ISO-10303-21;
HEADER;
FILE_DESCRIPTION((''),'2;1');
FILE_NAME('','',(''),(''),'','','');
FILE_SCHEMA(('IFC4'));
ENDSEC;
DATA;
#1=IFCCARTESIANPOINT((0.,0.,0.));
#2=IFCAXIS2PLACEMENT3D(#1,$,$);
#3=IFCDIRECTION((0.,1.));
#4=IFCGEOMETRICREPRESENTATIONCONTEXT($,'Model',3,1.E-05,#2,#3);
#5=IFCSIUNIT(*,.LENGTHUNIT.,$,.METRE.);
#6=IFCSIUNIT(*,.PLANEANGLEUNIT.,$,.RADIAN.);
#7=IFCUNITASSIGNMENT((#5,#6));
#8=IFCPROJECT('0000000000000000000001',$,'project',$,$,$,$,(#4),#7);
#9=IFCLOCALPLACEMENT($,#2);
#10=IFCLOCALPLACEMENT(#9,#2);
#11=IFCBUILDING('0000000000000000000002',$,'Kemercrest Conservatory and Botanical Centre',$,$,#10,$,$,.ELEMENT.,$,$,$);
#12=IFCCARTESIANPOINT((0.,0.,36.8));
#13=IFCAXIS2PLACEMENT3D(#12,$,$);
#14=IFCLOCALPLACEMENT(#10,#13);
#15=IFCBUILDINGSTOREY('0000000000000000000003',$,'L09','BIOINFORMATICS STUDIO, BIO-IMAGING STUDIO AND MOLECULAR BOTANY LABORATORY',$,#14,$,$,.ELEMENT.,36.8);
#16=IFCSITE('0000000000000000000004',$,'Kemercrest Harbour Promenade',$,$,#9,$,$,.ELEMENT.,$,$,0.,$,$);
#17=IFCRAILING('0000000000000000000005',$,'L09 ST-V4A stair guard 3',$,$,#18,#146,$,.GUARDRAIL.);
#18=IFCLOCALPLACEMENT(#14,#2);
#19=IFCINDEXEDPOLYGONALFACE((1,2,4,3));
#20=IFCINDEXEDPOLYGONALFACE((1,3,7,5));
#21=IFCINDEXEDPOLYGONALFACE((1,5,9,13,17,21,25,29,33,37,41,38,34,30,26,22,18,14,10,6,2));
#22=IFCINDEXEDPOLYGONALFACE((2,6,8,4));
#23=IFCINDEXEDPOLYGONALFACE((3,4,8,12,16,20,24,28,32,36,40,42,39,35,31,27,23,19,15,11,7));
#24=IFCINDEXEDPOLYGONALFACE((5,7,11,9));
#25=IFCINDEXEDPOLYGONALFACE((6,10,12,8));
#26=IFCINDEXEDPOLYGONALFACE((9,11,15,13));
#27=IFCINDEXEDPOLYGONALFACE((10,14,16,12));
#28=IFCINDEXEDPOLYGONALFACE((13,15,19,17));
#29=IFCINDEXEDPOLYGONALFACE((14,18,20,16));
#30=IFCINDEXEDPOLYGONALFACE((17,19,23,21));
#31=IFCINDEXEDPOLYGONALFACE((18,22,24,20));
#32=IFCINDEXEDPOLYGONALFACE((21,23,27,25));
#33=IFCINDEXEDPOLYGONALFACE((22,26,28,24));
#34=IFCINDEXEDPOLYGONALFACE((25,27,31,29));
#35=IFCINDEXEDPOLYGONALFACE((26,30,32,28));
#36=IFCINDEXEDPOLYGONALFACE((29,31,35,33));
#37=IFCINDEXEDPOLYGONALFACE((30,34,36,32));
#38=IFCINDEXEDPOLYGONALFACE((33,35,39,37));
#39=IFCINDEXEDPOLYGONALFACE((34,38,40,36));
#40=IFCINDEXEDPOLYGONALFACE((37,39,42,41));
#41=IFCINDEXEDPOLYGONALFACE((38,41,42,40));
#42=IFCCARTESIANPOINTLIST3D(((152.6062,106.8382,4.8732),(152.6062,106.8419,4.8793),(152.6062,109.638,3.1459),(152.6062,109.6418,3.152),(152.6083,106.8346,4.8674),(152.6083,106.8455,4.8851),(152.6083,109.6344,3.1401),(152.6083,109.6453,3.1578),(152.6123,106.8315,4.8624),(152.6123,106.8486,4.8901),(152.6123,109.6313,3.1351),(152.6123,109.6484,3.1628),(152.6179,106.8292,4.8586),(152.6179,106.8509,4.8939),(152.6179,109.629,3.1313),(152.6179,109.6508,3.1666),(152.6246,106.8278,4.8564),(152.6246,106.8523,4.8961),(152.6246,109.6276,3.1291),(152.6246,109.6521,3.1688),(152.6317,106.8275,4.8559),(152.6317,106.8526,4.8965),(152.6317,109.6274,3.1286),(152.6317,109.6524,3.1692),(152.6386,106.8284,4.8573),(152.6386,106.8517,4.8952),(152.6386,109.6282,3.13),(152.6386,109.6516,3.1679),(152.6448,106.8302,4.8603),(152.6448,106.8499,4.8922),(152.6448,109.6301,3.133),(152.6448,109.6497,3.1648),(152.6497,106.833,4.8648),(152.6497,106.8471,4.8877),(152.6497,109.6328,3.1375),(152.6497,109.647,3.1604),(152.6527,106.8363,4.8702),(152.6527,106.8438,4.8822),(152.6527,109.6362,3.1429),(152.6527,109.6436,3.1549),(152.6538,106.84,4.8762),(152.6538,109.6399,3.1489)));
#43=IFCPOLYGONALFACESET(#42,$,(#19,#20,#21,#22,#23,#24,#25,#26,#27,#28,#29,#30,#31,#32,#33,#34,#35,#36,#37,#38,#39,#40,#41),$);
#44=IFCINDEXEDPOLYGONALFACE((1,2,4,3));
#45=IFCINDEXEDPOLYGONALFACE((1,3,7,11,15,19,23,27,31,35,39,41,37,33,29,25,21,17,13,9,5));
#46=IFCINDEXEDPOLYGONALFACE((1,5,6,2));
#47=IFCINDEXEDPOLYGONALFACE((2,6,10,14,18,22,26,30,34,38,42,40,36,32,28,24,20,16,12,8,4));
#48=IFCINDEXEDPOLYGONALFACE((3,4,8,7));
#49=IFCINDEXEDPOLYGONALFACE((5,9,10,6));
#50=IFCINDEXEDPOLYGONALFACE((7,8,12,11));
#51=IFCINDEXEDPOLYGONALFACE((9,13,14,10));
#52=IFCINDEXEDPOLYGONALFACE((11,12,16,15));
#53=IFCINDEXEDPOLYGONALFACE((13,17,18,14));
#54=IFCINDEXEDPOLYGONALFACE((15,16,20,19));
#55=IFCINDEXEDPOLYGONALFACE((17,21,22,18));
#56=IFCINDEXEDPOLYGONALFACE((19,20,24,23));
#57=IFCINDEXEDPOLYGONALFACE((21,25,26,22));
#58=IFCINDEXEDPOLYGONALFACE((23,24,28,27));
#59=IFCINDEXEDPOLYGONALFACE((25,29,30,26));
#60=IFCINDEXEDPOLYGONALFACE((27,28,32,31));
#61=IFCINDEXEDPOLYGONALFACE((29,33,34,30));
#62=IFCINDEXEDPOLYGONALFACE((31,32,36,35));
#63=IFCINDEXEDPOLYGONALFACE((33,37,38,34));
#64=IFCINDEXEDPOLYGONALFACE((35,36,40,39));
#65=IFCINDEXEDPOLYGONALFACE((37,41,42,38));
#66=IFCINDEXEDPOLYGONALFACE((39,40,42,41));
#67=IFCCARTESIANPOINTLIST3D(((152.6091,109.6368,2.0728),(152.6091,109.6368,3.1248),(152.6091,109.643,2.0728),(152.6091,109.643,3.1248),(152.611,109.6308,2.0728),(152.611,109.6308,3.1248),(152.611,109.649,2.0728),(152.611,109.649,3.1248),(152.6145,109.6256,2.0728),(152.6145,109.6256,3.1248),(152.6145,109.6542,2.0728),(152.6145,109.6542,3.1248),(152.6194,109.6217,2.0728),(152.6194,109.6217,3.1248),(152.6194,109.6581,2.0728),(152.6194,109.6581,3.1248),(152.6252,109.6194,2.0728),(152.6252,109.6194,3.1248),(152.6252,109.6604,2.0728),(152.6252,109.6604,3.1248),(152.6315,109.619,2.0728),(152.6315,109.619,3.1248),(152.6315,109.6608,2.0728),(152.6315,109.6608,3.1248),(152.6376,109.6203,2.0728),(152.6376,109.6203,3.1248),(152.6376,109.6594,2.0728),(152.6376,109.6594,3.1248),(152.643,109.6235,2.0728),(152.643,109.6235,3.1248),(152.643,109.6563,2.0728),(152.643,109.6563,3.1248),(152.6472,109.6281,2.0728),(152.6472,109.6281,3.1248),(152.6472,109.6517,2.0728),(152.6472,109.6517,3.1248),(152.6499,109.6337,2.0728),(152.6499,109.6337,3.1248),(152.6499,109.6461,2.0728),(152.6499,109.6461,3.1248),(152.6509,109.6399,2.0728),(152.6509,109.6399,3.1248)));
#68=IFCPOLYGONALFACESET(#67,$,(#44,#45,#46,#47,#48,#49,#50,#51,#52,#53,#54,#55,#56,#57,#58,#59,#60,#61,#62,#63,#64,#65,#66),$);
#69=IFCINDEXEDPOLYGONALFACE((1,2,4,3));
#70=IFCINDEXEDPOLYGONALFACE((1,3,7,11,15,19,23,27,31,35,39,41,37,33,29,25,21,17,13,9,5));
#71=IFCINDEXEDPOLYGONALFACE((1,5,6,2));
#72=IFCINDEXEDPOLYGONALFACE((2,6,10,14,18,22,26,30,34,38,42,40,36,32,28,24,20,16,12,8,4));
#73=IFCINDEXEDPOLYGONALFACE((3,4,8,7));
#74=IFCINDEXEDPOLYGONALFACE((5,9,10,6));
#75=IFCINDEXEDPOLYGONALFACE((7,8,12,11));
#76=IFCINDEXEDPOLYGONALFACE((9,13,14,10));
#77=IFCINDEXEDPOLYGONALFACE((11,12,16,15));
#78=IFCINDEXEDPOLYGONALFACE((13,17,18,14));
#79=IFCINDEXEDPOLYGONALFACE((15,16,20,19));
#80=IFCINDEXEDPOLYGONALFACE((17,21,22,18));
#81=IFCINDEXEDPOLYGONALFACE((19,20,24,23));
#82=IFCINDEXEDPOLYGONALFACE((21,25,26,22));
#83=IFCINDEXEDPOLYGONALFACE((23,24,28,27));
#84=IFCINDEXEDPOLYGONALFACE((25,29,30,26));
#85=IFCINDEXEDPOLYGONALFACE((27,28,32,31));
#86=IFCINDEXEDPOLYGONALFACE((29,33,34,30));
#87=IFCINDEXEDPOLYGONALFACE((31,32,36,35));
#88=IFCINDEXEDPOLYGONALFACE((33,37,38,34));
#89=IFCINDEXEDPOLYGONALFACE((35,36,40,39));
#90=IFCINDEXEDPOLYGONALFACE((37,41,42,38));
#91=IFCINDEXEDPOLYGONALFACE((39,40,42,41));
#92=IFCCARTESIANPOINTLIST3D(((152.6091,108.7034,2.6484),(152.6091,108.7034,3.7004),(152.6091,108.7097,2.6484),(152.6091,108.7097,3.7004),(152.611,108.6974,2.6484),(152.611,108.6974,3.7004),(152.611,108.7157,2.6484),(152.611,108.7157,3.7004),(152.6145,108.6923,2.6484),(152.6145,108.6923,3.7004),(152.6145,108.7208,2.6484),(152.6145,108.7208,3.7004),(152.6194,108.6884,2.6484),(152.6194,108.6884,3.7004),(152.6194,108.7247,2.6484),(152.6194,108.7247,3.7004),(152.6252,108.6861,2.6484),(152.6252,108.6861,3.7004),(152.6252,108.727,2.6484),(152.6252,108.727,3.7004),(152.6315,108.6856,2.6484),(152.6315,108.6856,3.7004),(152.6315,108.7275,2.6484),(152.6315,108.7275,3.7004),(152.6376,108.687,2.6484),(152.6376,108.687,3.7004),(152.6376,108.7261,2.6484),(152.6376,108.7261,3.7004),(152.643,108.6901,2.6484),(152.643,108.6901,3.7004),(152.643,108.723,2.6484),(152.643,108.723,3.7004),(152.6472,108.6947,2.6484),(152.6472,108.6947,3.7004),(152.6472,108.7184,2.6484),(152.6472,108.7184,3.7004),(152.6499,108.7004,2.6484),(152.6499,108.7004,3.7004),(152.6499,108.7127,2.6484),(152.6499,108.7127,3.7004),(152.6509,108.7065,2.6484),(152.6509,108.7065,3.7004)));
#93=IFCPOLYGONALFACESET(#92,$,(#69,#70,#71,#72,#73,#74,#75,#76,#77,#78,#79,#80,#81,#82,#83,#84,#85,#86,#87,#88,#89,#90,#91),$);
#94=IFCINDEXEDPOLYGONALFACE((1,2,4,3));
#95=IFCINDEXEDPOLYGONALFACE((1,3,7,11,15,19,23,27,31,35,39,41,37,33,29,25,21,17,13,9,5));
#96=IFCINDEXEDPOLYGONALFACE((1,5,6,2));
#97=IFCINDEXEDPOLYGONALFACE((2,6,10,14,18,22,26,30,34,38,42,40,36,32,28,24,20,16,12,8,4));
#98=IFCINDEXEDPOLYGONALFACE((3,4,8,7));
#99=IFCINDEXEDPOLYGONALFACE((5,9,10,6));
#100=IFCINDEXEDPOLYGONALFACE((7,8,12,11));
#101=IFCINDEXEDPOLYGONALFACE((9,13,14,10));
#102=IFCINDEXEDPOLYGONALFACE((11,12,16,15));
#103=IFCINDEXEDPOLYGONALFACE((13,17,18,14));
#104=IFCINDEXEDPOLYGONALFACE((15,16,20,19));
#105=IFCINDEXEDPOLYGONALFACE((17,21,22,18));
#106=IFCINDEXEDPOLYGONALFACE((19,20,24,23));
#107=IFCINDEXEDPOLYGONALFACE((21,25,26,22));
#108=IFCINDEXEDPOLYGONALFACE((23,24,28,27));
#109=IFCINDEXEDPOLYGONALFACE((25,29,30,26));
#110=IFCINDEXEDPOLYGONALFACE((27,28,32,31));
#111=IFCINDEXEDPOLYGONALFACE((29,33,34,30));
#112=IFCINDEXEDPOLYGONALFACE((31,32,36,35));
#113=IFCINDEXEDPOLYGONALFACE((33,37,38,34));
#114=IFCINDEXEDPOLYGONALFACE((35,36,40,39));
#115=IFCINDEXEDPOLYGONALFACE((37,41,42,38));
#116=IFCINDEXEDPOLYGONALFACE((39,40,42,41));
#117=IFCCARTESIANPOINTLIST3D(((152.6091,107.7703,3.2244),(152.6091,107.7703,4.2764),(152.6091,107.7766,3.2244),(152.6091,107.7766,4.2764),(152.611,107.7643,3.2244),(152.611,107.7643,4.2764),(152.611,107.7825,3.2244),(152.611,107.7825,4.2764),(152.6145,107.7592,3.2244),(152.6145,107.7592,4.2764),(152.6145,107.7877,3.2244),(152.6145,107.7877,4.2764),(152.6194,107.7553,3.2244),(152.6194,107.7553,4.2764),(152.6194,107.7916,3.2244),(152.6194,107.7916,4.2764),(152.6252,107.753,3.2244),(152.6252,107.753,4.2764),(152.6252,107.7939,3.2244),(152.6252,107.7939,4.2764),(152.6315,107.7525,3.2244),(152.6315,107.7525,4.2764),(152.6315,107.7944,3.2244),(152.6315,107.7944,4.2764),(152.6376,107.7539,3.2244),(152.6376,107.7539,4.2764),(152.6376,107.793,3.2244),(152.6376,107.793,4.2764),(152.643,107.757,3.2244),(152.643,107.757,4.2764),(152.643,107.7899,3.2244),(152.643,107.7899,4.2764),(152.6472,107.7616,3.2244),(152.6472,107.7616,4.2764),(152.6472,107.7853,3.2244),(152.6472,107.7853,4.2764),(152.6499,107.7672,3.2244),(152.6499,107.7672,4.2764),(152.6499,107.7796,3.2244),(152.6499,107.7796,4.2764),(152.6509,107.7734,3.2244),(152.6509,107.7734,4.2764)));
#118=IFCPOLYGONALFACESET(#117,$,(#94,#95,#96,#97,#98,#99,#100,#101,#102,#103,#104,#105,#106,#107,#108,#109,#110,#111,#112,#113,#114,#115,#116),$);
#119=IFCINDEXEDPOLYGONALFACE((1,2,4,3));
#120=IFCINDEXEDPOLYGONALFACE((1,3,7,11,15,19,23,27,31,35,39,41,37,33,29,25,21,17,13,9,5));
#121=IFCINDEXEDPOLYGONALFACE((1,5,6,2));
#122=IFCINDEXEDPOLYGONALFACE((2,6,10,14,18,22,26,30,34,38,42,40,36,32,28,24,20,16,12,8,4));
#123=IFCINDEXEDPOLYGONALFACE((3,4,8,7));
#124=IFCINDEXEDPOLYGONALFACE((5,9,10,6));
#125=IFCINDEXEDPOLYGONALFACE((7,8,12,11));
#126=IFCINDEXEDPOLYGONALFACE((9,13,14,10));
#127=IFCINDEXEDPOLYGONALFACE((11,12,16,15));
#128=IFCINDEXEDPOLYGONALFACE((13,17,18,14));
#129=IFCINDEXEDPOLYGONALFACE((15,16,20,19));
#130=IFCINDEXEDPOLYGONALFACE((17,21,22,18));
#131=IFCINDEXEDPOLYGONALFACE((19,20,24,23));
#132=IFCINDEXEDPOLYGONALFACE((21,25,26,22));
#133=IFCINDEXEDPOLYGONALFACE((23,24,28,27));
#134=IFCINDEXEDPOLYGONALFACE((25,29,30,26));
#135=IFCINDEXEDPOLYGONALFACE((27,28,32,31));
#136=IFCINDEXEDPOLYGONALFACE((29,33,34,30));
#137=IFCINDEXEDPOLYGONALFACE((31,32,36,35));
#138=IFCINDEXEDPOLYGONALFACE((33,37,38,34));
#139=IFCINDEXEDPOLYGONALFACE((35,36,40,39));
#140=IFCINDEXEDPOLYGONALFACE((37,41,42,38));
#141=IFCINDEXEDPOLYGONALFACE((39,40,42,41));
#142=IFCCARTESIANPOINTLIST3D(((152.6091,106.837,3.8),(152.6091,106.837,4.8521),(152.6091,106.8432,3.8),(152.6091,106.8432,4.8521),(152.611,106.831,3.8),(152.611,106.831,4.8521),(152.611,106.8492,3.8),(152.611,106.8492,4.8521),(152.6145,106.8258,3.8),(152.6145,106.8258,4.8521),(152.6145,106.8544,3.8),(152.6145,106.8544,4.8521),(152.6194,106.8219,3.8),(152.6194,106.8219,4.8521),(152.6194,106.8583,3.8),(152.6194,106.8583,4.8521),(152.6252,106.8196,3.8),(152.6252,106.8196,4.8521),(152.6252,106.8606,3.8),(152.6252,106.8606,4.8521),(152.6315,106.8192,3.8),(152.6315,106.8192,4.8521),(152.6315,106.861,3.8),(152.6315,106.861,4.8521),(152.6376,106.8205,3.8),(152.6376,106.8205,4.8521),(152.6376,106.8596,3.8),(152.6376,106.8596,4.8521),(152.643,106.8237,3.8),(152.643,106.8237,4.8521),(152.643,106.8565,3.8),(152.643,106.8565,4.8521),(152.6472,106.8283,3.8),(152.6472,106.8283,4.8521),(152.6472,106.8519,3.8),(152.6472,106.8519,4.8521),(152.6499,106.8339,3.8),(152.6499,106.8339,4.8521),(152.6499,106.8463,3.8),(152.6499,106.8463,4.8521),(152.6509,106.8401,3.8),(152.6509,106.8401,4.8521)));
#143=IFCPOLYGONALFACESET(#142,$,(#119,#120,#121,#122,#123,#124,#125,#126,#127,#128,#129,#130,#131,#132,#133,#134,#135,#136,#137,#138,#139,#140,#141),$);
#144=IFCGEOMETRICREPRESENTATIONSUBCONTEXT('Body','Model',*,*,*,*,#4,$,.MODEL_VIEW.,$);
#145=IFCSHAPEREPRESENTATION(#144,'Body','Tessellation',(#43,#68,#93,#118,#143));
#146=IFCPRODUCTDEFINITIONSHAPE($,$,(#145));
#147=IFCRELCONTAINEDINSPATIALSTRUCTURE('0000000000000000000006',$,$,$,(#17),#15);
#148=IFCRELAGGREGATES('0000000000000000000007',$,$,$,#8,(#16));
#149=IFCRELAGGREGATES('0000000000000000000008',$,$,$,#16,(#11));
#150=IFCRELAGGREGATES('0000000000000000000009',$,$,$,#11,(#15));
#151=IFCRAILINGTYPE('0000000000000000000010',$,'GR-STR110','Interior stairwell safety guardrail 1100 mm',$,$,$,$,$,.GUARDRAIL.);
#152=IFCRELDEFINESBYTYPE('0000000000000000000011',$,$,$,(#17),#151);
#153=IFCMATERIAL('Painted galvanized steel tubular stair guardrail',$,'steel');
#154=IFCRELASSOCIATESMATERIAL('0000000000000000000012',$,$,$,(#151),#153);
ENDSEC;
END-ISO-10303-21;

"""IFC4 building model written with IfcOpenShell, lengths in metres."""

from ifc_helpers import new_model, si_unit, direction, frame, origin, origin_2d, place, context, subcontext, project, spatial, circle, extrude, material, type_object, element, save


model = new_model("IFC4")

# Units and contexts
model_context = context("Model", 3, precision=1e-05, world=origin(), true_north=direction((0.0, 1.0)))
body_context = subcontext(model_context, "Body", "Model", "MODEL_VIEW")
ifc_project = project(units=[si_unit("LENGTHUNIT", "METRE"), si_unit("PLANEANGLEUNIT", "RADIAN")], contexts=[model_context])

# Site, building, storey
site_placement = place(None, origin())
site = spatial("IfcSite", under=ifc_project, at=site_placement, Name="Kemercrest Harbour Promenade", CompositionType="ELEMENT", RefElevation=0.0)
building_placement = place(site_placement, origin())
building = spatial("IfcBuilding", under=site, at=building_placement, Name="Kemercrest Conservatory and Botanical Centre", CompositionType="ELEMENT")
storey_placement = place(building_placement, frame((0.0, 0.0, 36.8)))
storey = spatial("IfcBuildingStorey", under=building, at=storey_placement, Name="L09", Description="BIOINFORMATICS STUDIO, BIO-IMAGING STUDIO AND MOLECULAR BOTANY LABORATORY", CompositionType="ELEMENT", Elevation=36.8)

# Railing
ifc_material_1 = material(Name="Painted galvanized steel tubular stair guardrail", Category="steel")
railing_type_1 = type_object("IfcRailingType", Name="GR-STR110", Description="Interior stairwell safety guardrail 1100 mm", PredefinedType="GUARDRAIL", material=ifc_material_1)
railing_1_placement = place(storey_placement, frame((152.6299, 109.6399, 2.0728)))
element("IfcRailing", 1, at=railing_1_placement, inside=storey, type_object=railing_type_1, Name="L09 ST-V4A stair guard 3", PredefinedType="GUARDRAIL", context=body_context, shape_type="SweptSolid", body=[
    extrude(circle(Radius=0.0239, at=origin_2d()), frame((0.0, 0.0, 1.0762), z_axis=(0.0, -0.851069, 0.525054), x_axis=(1.0, 0.0, 0.0)), (0.0, 0.0, 1.0), 3.2898),
    extrude(circle(Radius=0.021, at=origin_2d()), origin(), (0.0, 0.0, 1.0), 1.052),
    extrude(circle(Radius=0.021, at=origin_2d()), frame((0.0, -0.9333, 0.5757)), (0.0, 0.0, 1.0), 1.052),
    extrude(circle(Radius=0.021, at=origin_2d()), frame((0.0, -1.8665, 1.1516)), (0.0, 0.0, 1.0), 1.052),
    extrude(circle(Radius=0.021, at=origin_2d()), frame((0.0, -2.7998, 1.7273)), (0.0, 0.0, 1.0), 1.052),
])

save(model, "model.ifc")
